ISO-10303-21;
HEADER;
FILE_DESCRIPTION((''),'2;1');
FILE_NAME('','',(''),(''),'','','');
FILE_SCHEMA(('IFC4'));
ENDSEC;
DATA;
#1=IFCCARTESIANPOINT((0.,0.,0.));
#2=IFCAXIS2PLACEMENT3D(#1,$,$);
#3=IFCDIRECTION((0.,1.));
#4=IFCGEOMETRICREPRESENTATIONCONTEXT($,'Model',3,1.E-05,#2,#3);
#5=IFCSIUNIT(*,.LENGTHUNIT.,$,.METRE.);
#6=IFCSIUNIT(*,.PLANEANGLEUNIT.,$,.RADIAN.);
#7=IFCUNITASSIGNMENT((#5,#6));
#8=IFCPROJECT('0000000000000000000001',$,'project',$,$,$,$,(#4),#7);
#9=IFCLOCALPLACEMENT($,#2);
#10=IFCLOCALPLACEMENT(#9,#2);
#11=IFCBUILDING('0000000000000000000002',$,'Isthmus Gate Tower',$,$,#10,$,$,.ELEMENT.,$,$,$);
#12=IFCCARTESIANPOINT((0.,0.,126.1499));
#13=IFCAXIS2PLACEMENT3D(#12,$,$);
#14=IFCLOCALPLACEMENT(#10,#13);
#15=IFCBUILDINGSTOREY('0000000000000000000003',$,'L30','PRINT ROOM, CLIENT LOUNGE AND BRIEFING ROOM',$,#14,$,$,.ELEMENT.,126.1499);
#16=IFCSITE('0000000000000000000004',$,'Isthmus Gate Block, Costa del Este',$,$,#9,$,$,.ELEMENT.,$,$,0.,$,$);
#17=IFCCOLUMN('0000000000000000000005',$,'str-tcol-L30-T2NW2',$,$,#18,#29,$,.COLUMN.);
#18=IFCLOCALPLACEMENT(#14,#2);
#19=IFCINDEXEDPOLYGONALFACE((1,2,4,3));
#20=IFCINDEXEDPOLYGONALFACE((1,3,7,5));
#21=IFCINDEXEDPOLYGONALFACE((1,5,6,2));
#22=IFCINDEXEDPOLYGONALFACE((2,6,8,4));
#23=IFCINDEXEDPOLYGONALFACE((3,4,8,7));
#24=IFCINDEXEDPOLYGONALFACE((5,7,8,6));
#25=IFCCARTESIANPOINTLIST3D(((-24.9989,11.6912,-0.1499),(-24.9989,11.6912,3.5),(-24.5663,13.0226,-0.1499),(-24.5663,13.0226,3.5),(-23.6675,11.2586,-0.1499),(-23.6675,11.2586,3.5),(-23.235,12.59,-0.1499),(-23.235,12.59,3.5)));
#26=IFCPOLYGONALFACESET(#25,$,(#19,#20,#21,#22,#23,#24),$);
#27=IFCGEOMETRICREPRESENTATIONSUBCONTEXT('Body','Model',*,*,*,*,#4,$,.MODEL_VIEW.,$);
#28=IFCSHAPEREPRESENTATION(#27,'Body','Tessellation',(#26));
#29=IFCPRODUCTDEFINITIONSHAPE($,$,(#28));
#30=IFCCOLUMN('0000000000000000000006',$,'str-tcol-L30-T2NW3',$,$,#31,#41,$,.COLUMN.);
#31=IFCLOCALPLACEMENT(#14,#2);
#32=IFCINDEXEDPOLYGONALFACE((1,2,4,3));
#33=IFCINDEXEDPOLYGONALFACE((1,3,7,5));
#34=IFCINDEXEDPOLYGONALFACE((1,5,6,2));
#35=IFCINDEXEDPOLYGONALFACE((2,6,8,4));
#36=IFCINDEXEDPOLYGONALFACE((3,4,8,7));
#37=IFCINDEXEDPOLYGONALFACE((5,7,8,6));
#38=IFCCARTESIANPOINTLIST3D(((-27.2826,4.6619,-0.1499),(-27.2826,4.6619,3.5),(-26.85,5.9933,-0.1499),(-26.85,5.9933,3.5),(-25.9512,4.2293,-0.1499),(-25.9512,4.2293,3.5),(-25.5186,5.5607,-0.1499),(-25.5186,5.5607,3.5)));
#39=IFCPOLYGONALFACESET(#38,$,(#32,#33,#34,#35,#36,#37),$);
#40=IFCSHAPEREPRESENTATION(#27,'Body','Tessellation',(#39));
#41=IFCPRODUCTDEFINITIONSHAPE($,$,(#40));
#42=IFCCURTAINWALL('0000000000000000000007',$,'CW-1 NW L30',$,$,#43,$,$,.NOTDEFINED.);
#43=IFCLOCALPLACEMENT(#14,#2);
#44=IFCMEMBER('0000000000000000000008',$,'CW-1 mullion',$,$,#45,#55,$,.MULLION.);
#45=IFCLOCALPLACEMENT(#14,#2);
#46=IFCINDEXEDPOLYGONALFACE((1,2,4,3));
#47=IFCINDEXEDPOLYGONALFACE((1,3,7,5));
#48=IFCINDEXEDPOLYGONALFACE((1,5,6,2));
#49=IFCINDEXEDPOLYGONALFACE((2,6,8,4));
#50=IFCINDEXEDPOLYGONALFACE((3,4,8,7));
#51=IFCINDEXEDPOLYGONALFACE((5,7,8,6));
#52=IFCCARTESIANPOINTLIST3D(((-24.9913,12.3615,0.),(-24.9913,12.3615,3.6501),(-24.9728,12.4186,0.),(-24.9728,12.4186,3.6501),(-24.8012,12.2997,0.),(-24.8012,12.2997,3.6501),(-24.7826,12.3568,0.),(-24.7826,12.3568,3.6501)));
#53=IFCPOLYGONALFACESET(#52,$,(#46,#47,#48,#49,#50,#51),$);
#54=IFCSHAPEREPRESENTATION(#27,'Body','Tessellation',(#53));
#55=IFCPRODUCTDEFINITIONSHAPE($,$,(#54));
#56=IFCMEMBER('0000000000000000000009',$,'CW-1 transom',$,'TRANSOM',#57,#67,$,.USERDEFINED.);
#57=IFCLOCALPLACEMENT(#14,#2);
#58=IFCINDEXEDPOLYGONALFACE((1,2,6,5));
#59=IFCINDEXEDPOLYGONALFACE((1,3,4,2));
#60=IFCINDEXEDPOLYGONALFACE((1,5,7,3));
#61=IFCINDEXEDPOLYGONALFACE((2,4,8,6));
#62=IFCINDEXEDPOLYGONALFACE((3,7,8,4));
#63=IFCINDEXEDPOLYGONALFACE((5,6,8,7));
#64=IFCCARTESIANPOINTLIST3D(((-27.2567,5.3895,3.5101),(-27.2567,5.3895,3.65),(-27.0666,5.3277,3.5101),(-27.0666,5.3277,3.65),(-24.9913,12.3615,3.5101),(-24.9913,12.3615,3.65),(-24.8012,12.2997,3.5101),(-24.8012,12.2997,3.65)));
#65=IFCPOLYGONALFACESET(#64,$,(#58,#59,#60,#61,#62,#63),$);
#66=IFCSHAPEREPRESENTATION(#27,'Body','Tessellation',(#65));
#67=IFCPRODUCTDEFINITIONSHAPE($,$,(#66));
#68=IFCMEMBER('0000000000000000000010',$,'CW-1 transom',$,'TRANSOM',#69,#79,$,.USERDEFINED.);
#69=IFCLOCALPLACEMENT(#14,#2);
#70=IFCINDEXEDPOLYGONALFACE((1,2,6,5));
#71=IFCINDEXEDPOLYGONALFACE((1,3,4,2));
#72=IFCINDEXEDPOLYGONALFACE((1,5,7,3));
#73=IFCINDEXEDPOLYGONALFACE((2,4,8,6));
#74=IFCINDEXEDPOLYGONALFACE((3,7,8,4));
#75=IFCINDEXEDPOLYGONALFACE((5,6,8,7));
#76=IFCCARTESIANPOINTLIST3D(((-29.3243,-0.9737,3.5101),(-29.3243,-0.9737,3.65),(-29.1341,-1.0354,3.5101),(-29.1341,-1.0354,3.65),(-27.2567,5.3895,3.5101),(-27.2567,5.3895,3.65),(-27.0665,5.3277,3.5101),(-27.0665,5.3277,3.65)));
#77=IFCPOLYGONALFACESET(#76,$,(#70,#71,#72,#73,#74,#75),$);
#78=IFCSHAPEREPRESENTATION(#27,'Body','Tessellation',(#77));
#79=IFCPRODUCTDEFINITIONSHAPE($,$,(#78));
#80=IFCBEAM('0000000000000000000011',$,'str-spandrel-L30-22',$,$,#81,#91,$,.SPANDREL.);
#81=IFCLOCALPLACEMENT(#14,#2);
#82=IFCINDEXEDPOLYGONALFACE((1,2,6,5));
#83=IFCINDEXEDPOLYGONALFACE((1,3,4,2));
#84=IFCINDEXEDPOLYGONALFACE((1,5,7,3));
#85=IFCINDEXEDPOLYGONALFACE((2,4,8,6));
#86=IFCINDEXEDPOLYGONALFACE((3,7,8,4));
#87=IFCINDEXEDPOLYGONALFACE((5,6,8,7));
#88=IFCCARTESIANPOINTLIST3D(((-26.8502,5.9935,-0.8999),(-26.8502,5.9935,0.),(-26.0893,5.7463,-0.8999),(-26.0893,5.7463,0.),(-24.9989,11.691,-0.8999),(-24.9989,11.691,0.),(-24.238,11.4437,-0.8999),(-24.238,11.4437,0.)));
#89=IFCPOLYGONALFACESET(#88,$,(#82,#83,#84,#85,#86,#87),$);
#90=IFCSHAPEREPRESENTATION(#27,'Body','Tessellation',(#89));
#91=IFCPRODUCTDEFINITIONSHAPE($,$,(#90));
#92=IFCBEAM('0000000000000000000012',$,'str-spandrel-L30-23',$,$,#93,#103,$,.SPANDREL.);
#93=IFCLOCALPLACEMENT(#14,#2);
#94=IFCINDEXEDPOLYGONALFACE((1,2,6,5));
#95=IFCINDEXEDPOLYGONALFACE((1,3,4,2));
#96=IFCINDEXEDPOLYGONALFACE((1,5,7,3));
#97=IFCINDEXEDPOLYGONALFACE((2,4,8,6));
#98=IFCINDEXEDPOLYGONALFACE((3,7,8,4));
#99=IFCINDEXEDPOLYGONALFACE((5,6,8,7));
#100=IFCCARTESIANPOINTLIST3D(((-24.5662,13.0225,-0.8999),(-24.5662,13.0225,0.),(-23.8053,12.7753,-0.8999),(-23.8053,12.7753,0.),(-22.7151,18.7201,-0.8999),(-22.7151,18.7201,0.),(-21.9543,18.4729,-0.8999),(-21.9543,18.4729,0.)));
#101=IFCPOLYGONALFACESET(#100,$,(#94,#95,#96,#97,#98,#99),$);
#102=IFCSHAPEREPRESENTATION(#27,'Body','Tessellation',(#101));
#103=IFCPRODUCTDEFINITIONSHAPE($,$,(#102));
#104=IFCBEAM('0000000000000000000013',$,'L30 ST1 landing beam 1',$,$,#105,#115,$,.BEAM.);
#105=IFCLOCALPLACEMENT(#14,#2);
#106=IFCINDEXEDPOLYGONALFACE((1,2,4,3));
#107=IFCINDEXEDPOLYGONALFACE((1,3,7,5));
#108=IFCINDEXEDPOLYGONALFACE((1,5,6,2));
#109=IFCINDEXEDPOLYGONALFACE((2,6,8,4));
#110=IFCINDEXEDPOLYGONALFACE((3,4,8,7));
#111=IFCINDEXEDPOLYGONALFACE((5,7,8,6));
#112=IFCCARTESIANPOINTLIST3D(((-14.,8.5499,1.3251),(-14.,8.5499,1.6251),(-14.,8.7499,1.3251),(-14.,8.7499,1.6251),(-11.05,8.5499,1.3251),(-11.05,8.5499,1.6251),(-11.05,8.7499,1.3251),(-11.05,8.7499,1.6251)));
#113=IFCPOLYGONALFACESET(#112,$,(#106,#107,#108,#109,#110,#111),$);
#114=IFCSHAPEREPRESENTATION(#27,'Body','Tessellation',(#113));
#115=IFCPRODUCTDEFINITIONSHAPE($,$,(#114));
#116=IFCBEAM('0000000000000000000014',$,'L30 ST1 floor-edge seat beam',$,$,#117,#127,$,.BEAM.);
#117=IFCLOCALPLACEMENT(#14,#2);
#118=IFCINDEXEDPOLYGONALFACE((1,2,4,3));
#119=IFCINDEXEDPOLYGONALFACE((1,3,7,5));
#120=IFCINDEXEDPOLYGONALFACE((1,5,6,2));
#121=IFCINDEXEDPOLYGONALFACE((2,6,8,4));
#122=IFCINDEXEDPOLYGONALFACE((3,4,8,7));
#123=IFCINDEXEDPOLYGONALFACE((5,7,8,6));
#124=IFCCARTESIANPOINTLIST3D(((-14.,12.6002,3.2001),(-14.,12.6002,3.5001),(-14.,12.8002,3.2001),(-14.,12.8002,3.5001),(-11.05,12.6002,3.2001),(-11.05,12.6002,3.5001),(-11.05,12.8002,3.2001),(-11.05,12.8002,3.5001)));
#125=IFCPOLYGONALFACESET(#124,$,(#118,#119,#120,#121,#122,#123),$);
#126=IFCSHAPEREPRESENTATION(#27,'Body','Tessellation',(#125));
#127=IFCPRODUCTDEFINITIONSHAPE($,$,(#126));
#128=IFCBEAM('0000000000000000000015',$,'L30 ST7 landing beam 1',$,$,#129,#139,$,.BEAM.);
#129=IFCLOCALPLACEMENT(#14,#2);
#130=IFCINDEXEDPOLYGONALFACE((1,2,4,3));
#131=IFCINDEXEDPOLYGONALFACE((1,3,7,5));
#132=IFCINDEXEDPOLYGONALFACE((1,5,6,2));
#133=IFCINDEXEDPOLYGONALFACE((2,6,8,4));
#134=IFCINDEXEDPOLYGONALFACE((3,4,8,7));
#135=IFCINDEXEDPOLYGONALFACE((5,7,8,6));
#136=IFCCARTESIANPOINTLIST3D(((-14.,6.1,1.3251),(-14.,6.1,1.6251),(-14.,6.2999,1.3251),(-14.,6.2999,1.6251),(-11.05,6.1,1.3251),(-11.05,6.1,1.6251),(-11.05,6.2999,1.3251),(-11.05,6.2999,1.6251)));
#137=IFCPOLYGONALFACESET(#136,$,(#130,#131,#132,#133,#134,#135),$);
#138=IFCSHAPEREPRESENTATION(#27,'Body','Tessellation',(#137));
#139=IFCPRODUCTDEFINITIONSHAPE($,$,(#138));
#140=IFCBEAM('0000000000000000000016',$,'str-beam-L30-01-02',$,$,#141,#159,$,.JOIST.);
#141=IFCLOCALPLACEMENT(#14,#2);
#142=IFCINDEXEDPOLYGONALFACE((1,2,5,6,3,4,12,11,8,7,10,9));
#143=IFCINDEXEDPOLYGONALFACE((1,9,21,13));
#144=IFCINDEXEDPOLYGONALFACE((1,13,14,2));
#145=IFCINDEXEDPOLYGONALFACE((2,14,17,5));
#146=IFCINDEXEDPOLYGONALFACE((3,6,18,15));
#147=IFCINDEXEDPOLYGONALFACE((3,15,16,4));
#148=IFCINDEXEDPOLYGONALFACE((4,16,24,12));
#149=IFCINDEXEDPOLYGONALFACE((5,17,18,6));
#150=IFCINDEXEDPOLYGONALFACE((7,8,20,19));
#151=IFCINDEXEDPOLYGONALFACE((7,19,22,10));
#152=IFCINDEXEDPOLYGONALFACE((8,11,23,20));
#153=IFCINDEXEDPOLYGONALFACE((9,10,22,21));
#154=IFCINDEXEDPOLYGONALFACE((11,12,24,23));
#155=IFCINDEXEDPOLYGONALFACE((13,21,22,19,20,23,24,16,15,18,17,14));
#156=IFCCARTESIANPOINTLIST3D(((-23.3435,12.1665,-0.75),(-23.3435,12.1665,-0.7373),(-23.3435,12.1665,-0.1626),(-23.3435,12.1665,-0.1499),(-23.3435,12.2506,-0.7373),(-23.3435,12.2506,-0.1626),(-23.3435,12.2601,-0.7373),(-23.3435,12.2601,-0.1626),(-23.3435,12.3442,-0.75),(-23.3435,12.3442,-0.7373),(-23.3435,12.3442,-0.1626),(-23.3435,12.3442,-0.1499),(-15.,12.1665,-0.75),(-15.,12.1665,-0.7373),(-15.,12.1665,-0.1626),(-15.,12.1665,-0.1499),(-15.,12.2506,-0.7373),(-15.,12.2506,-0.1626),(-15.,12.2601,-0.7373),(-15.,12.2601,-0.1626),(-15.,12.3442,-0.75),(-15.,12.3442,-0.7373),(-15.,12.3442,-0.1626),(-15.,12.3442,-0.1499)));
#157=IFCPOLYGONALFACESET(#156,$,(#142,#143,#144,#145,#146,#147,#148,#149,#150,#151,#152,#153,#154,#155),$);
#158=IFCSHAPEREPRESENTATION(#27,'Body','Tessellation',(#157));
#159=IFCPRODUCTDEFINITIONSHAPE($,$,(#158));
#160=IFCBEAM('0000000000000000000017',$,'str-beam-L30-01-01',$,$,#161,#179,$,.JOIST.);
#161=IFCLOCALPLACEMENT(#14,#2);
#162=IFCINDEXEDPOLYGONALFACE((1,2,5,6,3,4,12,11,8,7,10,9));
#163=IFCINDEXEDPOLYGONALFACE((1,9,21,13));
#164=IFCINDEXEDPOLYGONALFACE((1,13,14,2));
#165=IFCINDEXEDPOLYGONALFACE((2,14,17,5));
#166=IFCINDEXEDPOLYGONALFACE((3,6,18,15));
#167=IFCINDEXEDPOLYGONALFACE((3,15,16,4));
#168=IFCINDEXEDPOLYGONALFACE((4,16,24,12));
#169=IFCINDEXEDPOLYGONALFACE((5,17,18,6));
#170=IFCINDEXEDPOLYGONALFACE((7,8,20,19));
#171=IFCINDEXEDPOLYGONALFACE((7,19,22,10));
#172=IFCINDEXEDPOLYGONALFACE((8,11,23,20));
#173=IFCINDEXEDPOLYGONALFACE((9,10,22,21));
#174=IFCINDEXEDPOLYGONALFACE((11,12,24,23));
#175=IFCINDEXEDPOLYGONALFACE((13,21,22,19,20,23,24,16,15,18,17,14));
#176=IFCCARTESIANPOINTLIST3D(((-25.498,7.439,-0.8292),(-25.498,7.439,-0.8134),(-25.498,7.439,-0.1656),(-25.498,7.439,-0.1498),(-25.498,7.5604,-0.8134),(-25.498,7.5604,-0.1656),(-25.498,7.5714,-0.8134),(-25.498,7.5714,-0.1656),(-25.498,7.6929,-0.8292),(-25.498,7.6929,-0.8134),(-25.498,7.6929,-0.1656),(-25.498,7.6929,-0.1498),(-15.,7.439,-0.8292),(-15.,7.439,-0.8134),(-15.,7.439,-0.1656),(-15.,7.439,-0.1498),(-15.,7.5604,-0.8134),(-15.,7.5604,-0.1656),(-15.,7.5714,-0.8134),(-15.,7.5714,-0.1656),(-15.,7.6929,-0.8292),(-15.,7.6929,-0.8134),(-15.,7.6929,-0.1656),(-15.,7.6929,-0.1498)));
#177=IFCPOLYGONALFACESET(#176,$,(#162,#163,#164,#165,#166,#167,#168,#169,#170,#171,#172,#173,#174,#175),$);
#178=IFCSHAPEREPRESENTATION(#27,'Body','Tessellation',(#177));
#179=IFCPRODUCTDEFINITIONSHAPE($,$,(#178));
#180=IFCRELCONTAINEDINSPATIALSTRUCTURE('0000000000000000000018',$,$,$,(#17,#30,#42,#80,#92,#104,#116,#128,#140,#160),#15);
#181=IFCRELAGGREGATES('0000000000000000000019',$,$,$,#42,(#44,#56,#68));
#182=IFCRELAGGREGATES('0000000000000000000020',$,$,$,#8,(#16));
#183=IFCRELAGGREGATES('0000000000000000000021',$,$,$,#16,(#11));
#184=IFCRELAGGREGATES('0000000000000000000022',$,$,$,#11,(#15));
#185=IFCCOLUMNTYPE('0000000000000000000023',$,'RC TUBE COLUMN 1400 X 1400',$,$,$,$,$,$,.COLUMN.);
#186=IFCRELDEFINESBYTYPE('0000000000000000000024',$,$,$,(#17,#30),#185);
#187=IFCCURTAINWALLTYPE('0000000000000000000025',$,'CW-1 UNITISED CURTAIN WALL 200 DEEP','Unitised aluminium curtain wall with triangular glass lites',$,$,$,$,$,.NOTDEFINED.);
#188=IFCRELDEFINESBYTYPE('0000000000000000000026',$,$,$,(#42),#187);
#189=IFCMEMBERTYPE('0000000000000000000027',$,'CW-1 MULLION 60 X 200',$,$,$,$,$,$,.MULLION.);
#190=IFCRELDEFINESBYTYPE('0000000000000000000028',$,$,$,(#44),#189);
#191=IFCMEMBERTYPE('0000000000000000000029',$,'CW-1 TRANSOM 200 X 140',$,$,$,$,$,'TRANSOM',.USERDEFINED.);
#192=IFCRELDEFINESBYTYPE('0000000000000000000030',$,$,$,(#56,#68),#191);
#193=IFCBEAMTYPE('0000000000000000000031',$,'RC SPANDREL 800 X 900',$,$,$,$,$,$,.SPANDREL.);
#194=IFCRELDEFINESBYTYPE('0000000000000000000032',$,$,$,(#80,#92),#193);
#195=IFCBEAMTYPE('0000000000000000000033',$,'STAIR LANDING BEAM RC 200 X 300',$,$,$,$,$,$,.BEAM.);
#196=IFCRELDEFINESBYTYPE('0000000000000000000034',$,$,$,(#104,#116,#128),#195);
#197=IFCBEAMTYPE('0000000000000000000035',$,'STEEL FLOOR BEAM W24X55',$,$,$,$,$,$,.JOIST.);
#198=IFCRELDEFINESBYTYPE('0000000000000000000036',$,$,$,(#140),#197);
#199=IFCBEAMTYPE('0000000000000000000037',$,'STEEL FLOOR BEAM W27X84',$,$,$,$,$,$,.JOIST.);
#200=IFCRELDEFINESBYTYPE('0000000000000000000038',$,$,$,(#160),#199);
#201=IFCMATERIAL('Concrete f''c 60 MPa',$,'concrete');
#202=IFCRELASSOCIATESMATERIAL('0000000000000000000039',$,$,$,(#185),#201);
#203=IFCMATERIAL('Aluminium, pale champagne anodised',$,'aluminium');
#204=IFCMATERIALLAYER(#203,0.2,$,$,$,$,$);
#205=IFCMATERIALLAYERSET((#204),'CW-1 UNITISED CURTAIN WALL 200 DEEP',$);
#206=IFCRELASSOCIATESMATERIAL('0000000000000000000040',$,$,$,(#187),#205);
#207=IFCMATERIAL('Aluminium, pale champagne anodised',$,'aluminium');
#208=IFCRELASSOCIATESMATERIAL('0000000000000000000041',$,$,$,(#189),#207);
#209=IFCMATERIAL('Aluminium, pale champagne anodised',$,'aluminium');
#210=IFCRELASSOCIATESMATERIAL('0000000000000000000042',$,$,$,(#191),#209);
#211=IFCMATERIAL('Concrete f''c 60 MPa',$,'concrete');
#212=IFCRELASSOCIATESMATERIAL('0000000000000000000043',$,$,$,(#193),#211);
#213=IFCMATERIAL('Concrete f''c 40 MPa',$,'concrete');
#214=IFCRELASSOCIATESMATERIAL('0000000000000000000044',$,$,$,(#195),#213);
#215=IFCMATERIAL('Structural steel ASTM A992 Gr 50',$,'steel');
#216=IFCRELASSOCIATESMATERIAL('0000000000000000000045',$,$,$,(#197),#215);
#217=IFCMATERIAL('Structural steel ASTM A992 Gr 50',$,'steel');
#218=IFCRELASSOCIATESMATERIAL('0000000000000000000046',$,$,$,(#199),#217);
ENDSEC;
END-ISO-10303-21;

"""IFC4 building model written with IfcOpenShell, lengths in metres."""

from ifc_helpers import new_model, si_unit, direction, frame, origin, origin_2d, place, context, subcontext, project, spatial, rectangle, i_section, extrude, material, layer, layer_set, material_profile, profile_set, type_object, element, aggregate, save


model = new_model("IFC4")

# Units and contexts
model_context = context("Model", 3, precision=1e-05, world=origin(), true_north=direction((0.0, 1.0)))
body_context = subcontext(model_context, "Body", "Model", "MODEL_VIEW")
ifc_project = project(units=[si_unit("LENGTHUNIT", "METRE"), si_unit("PLANEANGLEUNIT", "RADIAN")], contexts=[model_context])

# Site, building, storey
site_placement = place(None, origin())
site = spatial("IfcSite", under=ifc_project, at=site_placement, Name="Isthmus Gate Block, Costa del Este", CompositionType="ELEMENT", RefElevation=0.0)
building_placement = place(site_placement, origin())
building = spatial("IfcBuilding", under=site, at=building_placement, Name="Isthmus Gate Tower", CompositionType="ELEMENT")
storey_placement = place(building_placement, frame((0.0, 0.0, 126.1499)))
storey = spatial("IfcBuildingStorey", under=building, at=storey_placement, Name="L30", Description="PRINT ROOM, CLIENT LOUNGE AND BRIEFING ROOM", CompositionType="ELEMENT", Elevation=126.1499)

# Columns
ifc_material_1 = material(Name="Concrete f'c 60 MPa", Category="concrete")
ifc_material_profile_1 = material_profile(ifc_material_1, rectangle(XDim=1.3999, YDim=1.3999, at=origin_2d()), Name="RC 1400X1400")
ifc_profile_set_1 = profile_set([ifc_material_profile_1], Name="Concrete f'c 60 MPa")
column_type = type_object("IfcColumnType", Name="RC TUBE COLUMN 1400 X 1400", PredefinedType="COLUMN", material=ifc_profile_set_1)
for number, where, z_axis, x_axis, name in (
    (1, (-24.1169, 12.1406, -0.1499), (0.0, 0.0, 1.0), (-0.309017, -0.951057, 0.0), "str-tcol-L30-T2NW2"),
    (2, (-26.4006, 5.1113, -0.1499), (0.0, 0.0, 1.0), (-0.309017, -0.951057, 0.0), "str-tcol-L30-T2NW3"),
):
    element("IfcColumn", number, at=place(storey_placement, frame(where, z_axis=z_axis, x_axis=x_axis)), inside=storey, type_object=column_type, Name=name, PredefinedType="COLUMN", context=body_context, shape_type="SweptSolid", body=[
        extrude(rectangle(XDim=1.3999, YDim=1.3999, at=origin_2d()), origin(), (0.0, 0.0, 1.0), 3.6499),
    ])

# Curtain wall, members
ifc_material_2 = material(Name="Aluminium, pale champagne anodised", Category="aluminium")
ifc_layer_1 = layer(ifc_material_2, 0.2)
ifc_layer_set_1 = layer_set([ifc_layer_1], Name="CW-1 UNITISED CURTAIN WALL 200 DEEP")
curtain_wall_type = type_object("IfcCurtainWallType", Name="CW-1 UNITISED CURTAIN WALL 200 DEEP", Description="Unitised aluminium curtain wall with triangular glass lites", PredefinedType="NOTDEFINED", material=ifc_layer_set_1)
curtain_wall_placement = place(storey_placement, origin())
curtain_wall = element("IfcCurtainWall", 3, at=curtain_wall_placement, inside=storey, type_object=curtain_wall_type, Name="CW-1 NW L30", PredefinedType="NOTDEFINED")
ifc_material_3 = material(Name="Aluminium, pale champagne anodised", Category="aluminium")
ifc_material_profile_2 = material_profile(ifc_material_3, rectangle(XDim=0.0601, YDim=0.2, at=origin_2d()), Name="60x200")
ifc_profile_set_2 = profile_set([ifc_material_profile_2], Name="Aluminium, pale champagne anodised")
member_type_1 = type_object("IfcMemberType", Name="CW-1 MULLION 60 X 200", PredefinedType="MULLION", material=ifc_profile_set_2)
member_1_placement = place(storey_placement, frame((-24.887, 12.3591, 0.0), z_axis=(0.0, 0.0, 1.0), x_axis=(-0.309017, -0.951057, 0.0)))
member_1 = element("IfcMember", 4, at=member_1_placement, type_object=member_type_1, Name="CW-1 mullion", PredefinedType="MULLION", context=body_context, shape_type="SweptSolid", body=[
    extrude(rectangle(XDim=0.0601, YDim=0.2, at=origin_2d()), origin(), (0.0, 0.0, 1.0), 3.6501),
])
ifc_material_4 = material(Name="Aluminium, pale champagne anodised", Category="aluminium")
ifc_material_profile_3 = material_profile(ifc_material_4, rectangle(XDim=0.2, YDim=0.1399, at=origin_2d()), Name="200x140")
ifc_profile_set_3 = profile_set([ifc_material_profile_3], Name="Aluminium, pale champagne anodised")
member_type_2 = type_object("IfcMemberType", Name="CW-1 TRANSOM 200 X 140", ElementType="TRANSOM", PredefinedType="USERDEFINED", material=ifc_profile_set_3)
member_2_placement = place(storey_placement, frame((-24.8962, 12.3306, 3.5801), z_axis=(-0.309025, -0.951054, 0.0), x_axis=(0.951054, -0.309025, 0.0)))
member_2 = element("IfcMember", 5, at=member_2_placement, type_object=member_type_2, Name="CW-1 transom", ObjectType="TRANSOM", PredefinedType="USERDEFINED", context=body_context, shape_type="SweptSolid", body=[
    extrude(rectangle(XDim=0.2, YDim=0.1399, at=origin_2d()), origin(), (0.0, 0.0, 1.0), 7.3308),
])
member_3_placement = place(storey_placement, frame((-27.1616, 5.3586, 3.5801), z_axis=(-0.309027, -0.951053, 0.0), x_axis=(0.951053, -0.309027, 0.0)))
member_3 = element("IfcMember", 6, at=member_3_placement, type_object=member_type_2, Name="CW-1 transom", ObjectType="TRANSOM", PredefinedType="USERDEFINED", context=body_context, shape_type="SweptSolid", body=[
    extrude(rectangle(XDim=0.2, YDim=0.1399, at=origin_2d()), origin(), (0.0, 0.0, 1.0), 6.6907),
])

# Beams
ifc_material_5 = material(Name="Concrete f'c 60 MPa", Category="concrete")
ifc_material_profile_4 = material_profile(ifc_material_5, rectangle(XDim=0.8, YDim=0.8999, at=origin_2d()), Name="RC 800X900")
ifc_profile_set_4 = profile_set([ifc_material_profile_4], Name="Concrete f'c 60 MPa")
beam_type_1 = type_object("IfcBeamType", Name="RC SPANDREL 800 X 900", PredefinedType="SPANDREL", material=ifc_profile_set_4)
for number, where, z_axis, x_axis, name in (
    (7, (-26.4697, 5.8699, -0.45), (0.30903, 0.951052, 0.0), (-0.951052, 0.30903, 0.0), "str-spandrel-L30-22"),
    (8, (-24.1858, 12.8989, -0.45), (0.308993, 0.951064, 0.0), (-0.951064, 0.308993, 0.0), "str-spandrel-L30-23"),
):
    element("IfcBeam", number, at=place(storey_placement, frame(where, z_axis=z_axis, x_axis=x_axis)), inside=storey, type_object=beam_type_1, Name=name, PredefinedType="SPANDREL", context=body_context, shape_type="SweptSolid", body=[
        extrude(rectangle(XDim=0.8, YDim=0.8999, at=origin_2d()), origin(), (0.0, 0.0, 1.0), 5.9907),
    ])
ifc_material_6 = material(Name="Concrete f'c 40 MPa", Category="concrete")
ifc_material_profile_5 = material_profile(ifc_material_6, rectangle(XDim=0.2, YDim=0.3, at=origin_2d()), Name="STAIR LANDING BEAM RC 200 X 300")
ifc_profile_set_5 = profile_set([ifc_material_profile_5], Name="Concrete f'c 40 MPa")
beam_type_2 = type_object("IfcBeamType", Name="STAIR LANDING BEAM RC 200 X 300", PredefinedType="BEAM", material=ifc_profile_set_5)
for number, where, z_axis, x_axis, name in (
    (9, (-14.0, 8.6499, 1.4751), (1.0, 0.0, 0.0), (0.0, 1.0, 0.0), "L30 ST1 landing beam 1"),
    (10, (-14.0, 12.7002, 3.3501), (1.0, 0.0, 0.0), (0.0, 1.0, 0.0), "L30 ST1 floor-edge seat beam"),
    (11, (-14.0, 6.2, 1.4751), (1.0, 0.0, 0.0), (0.0, 1.0, 0.0), "L30 ST7 landing beam 1"),
):
    element("IfcBeam", number, at=place(storey_placement, frame(where, z_axis=z_axis, x_axis=x_axis)), inside=storey, type_object=beam_type_2, Name=name, PredefinedType="BEAM", context=body_context, shape_type="SweptSolid", body=[
        extrude(rectangle(XDim=0.2, YDim=0.3, at=origin_2d()), origin(), (0.0, 0.0, 1.0), 2.95),
    ])
ifc_material_7 = material(Name="Structural steel ASTM A992 Gr 50", Category="steel")
ifc_material_profile_6 = material_profile(ifc_material_7, i_section(OverallWidth=0.1777, OverallDepth=0.6001, WebThickness=0.0095, FlangeThickness=0.0127, at=origin_2d()), Name="W24X55")
ifc_profile_set_6 = profile_set([ifc_material_profile_6], Name="Structural steel ASTM A992 Gr 50")
beam_type_3 = type_object("IfcBeamType", Name="STEEL FLOOR BEAM W24X55", PredefinedType="JOIST", material=ifc_profile_set_6)
beam_1_placement = place(storey_placement, frame((-23.3435, 12.2554, -0.45), z_axis=(1.0, 0.0, 0.0), x_axis=(0.0, 1.0, 0.0)))
element("IfcBeam", 12, at=beam_1_placement, inside=storey, type_object=beam_type_3, Name="str-beam-L30-01-02", PredefinedType="JOIST", context=body_context, shape_type="SweptSolid", body=[
    extrude(i_section(OverallWidth=0.1777, OverallDepth=0.6001, WebThickness=0.0095, FlangeThickness=0.0127, at=origin_2d()), origin(), (0.0, 0.0, 1.0), 8.3435),
])
ifc_material_8 = material(Name="Structural steel ASTM A992 Gr 50", Category="steel")
ifc_material_profile_7 = material_profile(ifc_material_8, i_section(OverallWidth=0.2539, OverallDepth=0.6794, WebThickness=0.011, FlangeThickness=0.0159, at=origin_2d()), Name="W27X84")
ifc_profile_set_7 = profile_set([ifc_material_profile_7], Name="Structural steel ASTM A992 Gr 50")
beam_type_4 = type_object("IfcBeamType", Name="STEEL FLOOR BEAM W27X84", PredefinedType="JOIST", material=ifc_profile_set_7)
beam_2_placement = place(storey_placement, frame((-25.498, 7.5659, -0.4895), z_axis=(1.0, 0.0, 0.0), x_axis=(0.0, 1.0, 0.0)))
element("IfcBeam", 13, at=beam_2_placement, inside=storey, type_object=beam_type_4, Name="str-beam-L30-01-01", PredefinedType="JOIST", context=body_context, shape_type="SweptSolid", body=[
    extrude(i_section(OverallWidth=0.2539, OverallDepth=0.6794, WebThickness=0.011, FlangeThickness=0.0159, at=origin_2d()), origin(), (0.0, 0.0, 1.0), 10.498),
])

aggregate(curtain_wall, [member_1, member_2, member_3])

save(model, "model.ifc")
